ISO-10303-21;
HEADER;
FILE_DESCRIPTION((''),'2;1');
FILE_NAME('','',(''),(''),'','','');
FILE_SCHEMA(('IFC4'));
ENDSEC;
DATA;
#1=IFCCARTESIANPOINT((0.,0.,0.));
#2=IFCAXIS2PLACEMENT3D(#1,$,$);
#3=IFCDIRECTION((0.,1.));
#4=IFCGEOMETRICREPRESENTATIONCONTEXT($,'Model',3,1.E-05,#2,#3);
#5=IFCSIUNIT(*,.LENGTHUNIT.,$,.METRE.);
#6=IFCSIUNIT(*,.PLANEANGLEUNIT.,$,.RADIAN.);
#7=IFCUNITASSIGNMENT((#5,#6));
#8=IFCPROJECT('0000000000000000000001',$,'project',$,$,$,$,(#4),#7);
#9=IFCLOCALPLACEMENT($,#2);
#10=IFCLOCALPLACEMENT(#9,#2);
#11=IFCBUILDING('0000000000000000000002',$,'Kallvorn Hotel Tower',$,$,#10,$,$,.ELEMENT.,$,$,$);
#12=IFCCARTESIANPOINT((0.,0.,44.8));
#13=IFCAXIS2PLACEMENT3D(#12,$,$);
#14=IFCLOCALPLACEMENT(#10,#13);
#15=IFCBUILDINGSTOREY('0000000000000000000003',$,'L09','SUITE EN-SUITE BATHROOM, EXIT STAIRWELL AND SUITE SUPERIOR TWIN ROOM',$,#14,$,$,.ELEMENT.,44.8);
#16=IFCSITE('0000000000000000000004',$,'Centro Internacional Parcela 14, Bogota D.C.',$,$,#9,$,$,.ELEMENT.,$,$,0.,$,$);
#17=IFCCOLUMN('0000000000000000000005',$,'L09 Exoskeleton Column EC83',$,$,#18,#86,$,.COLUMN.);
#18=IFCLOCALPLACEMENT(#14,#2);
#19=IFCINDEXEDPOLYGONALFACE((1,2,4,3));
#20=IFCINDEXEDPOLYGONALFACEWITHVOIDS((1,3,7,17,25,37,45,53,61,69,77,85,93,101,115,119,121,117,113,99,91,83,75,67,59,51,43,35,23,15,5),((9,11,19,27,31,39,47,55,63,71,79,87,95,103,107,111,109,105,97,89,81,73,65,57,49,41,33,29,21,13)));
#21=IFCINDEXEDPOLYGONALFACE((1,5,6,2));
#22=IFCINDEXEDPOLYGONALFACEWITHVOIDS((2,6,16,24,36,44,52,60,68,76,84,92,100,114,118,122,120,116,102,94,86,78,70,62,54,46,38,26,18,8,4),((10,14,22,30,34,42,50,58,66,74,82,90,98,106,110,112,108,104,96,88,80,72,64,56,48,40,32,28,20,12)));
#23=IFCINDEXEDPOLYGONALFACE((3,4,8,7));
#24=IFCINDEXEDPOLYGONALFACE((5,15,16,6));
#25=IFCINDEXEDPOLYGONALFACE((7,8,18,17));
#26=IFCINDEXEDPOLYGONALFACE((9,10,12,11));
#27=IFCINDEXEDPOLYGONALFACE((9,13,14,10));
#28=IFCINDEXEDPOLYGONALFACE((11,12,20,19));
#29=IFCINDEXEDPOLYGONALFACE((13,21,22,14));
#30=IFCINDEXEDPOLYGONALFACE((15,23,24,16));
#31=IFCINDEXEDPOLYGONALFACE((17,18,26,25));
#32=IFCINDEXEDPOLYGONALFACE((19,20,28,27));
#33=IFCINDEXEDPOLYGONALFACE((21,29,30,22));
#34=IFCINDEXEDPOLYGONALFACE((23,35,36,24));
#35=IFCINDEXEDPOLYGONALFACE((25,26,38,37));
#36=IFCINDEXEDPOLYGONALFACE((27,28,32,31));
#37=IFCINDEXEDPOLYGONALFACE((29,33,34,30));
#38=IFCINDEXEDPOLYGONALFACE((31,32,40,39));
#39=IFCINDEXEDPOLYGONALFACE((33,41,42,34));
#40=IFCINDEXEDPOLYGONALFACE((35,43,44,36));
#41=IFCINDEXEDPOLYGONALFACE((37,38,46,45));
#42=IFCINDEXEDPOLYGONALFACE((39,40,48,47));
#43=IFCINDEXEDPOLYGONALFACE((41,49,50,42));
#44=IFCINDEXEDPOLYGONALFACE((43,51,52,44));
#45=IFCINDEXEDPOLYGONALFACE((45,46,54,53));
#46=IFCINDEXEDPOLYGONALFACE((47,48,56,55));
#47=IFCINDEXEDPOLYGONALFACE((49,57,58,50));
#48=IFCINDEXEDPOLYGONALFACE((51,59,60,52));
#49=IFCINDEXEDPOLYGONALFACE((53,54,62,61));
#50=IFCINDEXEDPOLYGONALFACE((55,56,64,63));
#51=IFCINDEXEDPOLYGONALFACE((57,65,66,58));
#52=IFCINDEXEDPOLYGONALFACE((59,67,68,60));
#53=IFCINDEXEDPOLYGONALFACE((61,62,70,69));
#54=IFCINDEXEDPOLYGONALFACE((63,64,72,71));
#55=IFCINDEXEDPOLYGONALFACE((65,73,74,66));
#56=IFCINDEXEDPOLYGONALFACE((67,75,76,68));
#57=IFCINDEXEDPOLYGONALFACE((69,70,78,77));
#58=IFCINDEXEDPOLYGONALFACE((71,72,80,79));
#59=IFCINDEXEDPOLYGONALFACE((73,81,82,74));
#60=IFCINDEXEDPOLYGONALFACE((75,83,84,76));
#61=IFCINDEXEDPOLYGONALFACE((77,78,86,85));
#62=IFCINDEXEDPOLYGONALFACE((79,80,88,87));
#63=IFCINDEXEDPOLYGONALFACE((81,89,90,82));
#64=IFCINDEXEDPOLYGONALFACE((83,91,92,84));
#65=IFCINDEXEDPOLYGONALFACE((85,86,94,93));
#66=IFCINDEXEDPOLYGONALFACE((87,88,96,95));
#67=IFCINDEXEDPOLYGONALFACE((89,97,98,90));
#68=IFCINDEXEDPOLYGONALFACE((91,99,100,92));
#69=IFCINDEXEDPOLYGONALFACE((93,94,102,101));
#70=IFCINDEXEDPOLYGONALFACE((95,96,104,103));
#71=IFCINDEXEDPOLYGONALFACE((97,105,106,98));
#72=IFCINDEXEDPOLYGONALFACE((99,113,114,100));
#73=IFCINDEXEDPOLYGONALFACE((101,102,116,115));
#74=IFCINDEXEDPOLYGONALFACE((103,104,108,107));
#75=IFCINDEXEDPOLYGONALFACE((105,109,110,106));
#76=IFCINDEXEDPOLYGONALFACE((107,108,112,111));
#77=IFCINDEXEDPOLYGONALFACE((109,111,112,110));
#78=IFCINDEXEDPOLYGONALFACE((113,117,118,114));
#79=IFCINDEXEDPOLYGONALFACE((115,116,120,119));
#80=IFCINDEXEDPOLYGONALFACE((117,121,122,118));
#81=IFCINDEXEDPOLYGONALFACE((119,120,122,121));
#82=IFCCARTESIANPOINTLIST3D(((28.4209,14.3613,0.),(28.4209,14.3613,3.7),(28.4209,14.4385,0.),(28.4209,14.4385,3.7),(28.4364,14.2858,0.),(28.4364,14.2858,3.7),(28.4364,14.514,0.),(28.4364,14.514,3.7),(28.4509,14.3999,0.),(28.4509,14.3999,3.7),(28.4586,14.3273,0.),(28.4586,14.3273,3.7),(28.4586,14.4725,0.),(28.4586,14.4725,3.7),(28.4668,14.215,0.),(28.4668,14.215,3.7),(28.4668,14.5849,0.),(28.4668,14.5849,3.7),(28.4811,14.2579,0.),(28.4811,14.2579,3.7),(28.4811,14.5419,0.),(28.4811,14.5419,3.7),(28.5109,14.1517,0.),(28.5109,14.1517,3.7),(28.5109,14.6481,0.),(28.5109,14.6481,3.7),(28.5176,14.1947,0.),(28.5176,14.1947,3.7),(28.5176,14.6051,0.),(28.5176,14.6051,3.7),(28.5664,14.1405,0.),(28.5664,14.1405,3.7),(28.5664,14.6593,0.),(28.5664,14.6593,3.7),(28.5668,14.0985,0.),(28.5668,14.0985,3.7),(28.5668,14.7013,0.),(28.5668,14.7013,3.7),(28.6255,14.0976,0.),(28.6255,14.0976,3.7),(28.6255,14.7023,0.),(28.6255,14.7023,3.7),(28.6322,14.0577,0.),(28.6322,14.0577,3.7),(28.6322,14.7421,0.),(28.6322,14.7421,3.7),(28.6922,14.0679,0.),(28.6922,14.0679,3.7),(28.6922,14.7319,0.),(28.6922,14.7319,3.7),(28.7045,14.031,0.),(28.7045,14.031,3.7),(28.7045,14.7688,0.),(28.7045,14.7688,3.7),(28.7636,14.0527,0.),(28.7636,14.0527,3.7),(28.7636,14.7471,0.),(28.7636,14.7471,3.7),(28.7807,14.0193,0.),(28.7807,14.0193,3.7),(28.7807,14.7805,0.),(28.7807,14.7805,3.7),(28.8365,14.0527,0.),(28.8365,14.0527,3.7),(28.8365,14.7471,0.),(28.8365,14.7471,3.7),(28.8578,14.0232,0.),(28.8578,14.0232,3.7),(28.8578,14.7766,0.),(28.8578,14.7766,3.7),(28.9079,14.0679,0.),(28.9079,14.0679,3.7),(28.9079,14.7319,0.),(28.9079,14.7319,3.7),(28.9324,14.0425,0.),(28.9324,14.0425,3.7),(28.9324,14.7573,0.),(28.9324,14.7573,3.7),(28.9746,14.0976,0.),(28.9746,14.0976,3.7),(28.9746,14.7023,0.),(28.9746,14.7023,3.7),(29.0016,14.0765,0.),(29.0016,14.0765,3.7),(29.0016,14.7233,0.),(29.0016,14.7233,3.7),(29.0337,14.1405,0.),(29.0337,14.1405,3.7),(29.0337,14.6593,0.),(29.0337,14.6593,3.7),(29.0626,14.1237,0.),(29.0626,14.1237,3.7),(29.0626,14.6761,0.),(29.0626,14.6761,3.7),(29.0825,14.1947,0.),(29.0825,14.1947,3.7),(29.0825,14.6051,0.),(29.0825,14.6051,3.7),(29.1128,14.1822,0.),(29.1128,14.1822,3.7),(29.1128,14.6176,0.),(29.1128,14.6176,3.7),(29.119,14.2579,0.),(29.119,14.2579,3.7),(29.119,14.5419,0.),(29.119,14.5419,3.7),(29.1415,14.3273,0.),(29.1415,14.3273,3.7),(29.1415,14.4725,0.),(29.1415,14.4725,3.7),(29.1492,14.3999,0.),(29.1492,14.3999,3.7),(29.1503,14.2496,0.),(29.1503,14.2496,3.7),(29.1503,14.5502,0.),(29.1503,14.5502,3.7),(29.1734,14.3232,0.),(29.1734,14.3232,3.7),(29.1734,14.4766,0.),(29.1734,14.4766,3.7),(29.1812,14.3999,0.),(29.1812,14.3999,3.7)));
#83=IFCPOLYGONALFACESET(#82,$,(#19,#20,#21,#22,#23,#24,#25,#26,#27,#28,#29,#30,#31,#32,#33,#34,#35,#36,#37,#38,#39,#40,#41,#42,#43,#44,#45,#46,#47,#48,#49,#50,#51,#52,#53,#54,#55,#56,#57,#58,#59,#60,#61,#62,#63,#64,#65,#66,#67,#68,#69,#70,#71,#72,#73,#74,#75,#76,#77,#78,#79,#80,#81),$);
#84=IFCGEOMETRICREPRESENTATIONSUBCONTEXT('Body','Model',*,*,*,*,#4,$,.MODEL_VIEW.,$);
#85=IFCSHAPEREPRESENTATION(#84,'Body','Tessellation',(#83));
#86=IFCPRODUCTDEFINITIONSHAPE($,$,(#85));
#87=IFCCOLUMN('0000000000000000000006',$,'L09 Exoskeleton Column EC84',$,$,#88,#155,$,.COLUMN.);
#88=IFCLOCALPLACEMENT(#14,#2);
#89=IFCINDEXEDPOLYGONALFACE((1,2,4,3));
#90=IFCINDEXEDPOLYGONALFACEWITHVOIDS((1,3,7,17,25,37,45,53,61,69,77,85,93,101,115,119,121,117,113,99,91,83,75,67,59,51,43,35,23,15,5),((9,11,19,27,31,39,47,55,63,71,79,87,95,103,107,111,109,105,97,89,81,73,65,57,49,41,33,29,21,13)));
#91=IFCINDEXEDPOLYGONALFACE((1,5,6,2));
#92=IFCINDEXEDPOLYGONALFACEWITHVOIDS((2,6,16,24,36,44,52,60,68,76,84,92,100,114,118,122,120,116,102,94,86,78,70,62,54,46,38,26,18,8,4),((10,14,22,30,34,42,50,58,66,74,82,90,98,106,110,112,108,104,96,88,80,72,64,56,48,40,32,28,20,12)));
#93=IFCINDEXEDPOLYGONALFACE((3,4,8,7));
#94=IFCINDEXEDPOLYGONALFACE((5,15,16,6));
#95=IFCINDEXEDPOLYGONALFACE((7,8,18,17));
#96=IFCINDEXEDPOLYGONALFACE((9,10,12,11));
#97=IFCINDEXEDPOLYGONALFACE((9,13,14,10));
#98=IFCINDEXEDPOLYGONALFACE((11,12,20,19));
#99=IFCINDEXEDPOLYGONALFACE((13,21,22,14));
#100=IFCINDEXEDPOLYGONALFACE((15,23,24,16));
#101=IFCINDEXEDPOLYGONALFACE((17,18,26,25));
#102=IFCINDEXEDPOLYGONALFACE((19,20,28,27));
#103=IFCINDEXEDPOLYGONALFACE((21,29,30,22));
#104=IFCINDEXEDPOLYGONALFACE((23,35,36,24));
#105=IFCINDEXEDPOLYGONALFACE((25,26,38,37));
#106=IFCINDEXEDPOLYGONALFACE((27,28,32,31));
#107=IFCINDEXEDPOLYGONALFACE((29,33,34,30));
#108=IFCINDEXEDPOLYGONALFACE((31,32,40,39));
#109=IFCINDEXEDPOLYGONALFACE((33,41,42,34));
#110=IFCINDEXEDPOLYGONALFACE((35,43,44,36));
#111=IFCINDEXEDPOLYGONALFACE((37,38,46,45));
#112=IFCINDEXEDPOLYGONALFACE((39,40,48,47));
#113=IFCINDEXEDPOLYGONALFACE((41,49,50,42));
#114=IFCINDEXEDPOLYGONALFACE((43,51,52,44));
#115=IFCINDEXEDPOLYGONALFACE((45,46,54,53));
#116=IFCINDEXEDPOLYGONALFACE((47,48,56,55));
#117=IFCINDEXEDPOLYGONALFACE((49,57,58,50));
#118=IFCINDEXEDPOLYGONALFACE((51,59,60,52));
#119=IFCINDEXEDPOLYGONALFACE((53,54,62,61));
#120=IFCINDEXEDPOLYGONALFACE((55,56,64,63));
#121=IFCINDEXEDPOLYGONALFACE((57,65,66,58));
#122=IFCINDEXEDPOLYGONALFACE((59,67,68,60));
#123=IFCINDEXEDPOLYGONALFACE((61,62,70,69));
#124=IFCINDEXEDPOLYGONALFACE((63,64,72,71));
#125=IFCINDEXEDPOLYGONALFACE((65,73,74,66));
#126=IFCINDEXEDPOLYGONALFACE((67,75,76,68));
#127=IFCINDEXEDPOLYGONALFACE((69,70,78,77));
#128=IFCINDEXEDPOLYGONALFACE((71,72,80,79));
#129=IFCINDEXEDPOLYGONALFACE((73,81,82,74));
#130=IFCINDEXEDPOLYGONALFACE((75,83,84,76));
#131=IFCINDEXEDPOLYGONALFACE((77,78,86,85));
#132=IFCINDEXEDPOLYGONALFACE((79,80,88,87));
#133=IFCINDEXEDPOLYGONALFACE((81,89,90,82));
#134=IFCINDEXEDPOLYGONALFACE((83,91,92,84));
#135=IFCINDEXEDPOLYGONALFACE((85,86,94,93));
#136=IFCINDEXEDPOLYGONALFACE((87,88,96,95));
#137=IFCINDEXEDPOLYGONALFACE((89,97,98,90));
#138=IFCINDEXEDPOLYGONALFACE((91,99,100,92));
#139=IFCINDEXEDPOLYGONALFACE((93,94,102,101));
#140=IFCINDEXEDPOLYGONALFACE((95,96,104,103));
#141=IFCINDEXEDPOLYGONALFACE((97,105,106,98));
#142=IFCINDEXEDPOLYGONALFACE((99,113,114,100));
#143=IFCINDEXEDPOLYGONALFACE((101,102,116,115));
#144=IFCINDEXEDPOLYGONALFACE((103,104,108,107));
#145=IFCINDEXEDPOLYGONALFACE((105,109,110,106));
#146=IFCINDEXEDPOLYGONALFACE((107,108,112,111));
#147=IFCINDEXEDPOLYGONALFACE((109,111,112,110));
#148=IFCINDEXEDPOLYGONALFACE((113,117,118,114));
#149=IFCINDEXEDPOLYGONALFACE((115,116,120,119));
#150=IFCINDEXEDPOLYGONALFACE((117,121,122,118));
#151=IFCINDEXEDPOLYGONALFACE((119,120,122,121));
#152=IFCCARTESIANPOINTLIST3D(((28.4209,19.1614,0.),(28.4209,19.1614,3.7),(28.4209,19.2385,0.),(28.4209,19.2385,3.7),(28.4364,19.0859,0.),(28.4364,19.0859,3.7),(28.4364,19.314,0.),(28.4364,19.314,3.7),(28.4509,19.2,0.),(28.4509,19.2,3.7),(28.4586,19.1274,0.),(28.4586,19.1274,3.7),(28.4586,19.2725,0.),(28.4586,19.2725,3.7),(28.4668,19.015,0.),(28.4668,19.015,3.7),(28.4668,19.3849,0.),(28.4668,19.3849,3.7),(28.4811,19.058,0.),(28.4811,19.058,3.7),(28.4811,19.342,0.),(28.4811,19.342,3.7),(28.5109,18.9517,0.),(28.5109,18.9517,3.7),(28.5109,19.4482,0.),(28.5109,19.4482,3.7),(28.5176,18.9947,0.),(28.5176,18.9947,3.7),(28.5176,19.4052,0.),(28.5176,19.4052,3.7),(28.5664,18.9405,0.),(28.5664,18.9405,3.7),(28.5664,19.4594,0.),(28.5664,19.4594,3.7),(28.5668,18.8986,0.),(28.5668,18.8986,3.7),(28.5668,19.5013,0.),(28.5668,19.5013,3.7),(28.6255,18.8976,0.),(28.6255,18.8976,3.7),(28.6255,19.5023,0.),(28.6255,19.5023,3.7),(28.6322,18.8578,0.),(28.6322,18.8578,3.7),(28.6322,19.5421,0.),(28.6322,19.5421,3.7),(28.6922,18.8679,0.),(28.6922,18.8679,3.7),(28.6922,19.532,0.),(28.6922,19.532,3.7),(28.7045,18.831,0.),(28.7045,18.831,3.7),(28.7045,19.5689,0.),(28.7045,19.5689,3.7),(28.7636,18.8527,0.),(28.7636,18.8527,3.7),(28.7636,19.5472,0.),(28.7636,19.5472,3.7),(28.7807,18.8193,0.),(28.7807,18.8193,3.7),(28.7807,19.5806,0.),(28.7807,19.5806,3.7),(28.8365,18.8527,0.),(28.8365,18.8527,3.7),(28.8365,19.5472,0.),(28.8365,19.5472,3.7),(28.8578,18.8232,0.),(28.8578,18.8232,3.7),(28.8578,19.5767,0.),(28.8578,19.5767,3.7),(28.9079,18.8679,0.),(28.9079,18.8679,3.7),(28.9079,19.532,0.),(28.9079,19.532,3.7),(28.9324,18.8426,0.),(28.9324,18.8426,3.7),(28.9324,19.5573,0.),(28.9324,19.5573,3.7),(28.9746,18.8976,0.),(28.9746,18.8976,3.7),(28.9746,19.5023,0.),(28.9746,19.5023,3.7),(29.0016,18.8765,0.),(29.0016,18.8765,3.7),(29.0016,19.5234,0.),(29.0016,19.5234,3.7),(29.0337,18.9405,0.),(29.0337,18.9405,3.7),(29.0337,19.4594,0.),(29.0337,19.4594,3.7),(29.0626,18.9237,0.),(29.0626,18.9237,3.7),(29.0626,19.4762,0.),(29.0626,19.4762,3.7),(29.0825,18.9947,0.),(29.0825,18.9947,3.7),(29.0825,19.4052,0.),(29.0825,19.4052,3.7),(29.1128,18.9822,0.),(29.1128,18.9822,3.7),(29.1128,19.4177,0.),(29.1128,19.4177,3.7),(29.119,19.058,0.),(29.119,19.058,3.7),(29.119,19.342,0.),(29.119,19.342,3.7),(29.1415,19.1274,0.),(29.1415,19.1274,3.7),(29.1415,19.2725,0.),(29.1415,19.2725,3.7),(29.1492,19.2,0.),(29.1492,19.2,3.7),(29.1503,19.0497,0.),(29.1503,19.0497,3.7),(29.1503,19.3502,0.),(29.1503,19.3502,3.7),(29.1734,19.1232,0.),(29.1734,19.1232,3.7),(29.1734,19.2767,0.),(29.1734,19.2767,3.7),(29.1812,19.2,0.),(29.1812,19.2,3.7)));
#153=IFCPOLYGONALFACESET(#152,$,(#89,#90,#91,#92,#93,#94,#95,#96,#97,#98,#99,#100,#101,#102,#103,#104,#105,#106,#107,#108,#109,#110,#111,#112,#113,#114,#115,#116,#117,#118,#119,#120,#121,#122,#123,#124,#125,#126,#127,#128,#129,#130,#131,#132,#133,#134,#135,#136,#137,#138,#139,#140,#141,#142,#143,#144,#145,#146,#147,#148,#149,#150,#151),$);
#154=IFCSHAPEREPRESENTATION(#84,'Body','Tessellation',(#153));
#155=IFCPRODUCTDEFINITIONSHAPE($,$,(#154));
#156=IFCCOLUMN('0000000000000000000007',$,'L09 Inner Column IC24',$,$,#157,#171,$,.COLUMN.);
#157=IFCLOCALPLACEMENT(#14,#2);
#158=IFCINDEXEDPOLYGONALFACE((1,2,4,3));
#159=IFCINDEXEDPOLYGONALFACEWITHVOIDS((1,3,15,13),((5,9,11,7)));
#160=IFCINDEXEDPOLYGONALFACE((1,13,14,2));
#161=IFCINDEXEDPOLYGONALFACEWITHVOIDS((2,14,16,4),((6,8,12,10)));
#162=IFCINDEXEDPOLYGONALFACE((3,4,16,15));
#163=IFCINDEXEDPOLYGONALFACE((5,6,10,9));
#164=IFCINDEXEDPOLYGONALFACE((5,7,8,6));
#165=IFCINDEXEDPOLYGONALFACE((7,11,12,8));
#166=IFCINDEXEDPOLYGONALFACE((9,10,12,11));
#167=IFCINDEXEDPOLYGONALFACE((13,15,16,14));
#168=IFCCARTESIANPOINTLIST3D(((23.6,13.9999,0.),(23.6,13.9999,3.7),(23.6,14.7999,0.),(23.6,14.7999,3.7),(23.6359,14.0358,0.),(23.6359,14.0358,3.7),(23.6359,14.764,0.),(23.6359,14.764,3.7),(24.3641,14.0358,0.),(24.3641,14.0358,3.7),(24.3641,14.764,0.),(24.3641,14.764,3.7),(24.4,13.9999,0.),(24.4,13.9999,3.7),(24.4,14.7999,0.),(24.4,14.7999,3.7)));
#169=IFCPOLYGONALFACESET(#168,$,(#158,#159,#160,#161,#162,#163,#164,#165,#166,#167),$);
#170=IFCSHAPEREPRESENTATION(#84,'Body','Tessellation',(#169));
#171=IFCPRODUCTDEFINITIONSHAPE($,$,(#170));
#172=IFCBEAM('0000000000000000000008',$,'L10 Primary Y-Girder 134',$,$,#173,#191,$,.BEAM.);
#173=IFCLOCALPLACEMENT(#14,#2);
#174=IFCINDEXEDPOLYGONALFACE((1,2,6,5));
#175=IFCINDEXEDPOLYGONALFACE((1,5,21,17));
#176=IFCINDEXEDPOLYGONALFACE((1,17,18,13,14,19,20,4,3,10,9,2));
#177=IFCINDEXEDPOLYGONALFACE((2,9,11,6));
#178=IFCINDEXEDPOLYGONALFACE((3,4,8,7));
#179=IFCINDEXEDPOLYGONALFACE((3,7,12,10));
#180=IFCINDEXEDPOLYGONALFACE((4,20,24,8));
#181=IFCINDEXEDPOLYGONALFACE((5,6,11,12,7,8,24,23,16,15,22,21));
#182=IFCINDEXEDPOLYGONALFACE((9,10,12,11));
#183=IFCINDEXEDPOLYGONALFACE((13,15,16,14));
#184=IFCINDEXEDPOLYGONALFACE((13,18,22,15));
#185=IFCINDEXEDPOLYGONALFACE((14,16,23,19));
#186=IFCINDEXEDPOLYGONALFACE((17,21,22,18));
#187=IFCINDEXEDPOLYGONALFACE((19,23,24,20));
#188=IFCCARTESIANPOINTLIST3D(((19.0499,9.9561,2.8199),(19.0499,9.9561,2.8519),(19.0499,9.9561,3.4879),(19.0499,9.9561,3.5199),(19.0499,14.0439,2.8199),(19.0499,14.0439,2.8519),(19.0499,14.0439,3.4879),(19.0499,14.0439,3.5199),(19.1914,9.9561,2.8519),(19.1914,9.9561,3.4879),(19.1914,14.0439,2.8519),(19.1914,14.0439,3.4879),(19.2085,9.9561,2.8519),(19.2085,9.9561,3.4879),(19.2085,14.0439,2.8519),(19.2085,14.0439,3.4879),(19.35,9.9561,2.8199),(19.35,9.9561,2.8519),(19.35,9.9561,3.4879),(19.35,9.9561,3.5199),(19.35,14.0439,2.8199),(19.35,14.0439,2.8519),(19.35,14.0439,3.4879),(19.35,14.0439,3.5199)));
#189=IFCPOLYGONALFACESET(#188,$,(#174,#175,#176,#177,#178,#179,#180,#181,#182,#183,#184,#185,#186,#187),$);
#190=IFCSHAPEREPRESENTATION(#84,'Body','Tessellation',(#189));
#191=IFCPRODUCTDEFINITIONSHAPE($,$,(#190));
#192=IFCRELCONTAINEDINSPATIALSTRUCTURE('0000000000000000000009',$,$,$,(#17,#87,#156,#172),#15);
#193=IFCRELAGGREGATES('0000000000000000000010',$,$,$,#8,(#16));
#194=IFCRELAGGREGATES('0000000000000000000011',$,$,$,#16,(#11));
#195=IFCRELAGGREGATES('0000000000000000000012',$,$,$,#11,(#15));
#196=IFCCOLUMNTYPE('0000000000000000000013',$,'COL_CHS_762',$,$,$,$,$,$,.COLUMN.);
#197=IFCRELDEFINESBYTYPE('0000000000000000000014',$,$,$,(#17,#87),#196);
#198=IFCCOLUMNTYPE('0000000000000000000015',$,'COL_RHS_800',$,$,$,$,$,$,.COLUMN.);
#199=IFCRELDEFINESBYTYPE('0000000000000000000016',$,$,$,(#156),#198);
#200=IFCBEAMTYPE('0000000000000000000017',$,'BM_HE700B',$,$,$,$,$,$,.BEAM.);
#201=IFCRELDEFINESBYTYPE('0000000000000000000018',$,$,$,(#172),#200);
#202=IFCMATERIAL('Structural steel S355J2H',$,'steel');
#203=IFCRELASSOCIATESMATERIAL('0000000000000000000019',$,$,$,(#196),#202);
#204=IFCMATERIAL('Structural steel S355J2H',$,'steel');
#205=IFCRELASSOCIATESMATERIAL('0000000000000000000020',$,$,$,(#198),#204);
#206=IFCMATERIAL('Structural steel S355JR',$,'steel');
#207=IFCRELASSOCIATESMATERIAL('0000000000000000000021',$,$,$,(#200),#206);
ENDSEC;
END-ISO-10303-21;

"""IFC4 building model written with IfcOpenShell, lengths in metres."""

from ifc_helpers import new_model, si_unit, direction, frame, origin, origin_2d, place, context, subcontext, project, spatial, hollow_rectangle, hollow_circle, i_section, extrude, material, material_profile, profile_set, type_object, element, save


model = new_model("IFC4")

# Units and contexts
model_context = context("Model", 3, precision=1e-05, world=origin(), true_north=direction((0.0, 1.0)))
body_context = subcontext(model_context, "Body", "Model", "MODEL_VIEW")
ifc_project = project(units=[si_unit("LENGTHUNIT", "METRE"), si_unit("PLANEANGLEUNIT", "RADIAN")], contexts=[model_context])

# Site, building, storey
site_placement = place(None, origin())
site = spatial("IfcSite", under=ifc_project, at=site_placement, Name="Centro Internacional Parcela 14, Bogota D.C.", CompositionType="ELEMENT", RefElevation=0.0)
building_placement = place(site_placement, origin())
building = spatial("IfcBuilding", under=site, at=building_placement, Name="Kallvorn Hotel Tower", CompositionType="ELEMENT")
storey_placement = place(building_placement, frame((0.0, 0.0, 44.8)))
storey = spatial("IfcBuildingStorey", under=building, at=storey_placement, Name="L09", Description="SUITE EN-SUITE BATHROOM, EXIT STAIRWELL AND SUITE SUPERIOR TWIN ROOM", CompositionType="ELEMENT", Elevation=44.8)

# Columns
ifc_material_1 = material(Name="Structural steel S355J2H", Category="steel")
ifc_material_profile_1 = material_profile(ifc_material_1, hollow_circle(Radius=0.3811, WallThickness=0.032, at=origin_2d()), Name="CHS 762x32")
ifc_profile_set_1 = profile_set([ifc_material_profile_1], Name="Structural steel S355J2H")
column_type_1 = type_object("IfcColumnType", Name="COL_CHS_762", PredefinedType="COLUMN", material=ifc_profile_set_1)
for number, where, z_axis, x_axis, name in (
    (1, (28.8, 14.3999, 0.0), (0.0, 0.0, 1.0), (1.0, 0.0, 0.0), "L09 Exoskeleton Column EC83"),
    (2, (28.8, 19.2, 0.0), (0.0, 0.0, 1.0), (1.0, 0.0, 0.0), "L09 Exoskeleton Column EC84"),
):
    element("IfcColumn", number, at=place(storey_placement, frame(where, z_axis=z_axis, x_axis=x_axis)), inside=storey, type_object=column_type_1, Name=name, PredefinedType="COLUMN", context=body_context, shape_type="SweptSolid", body=[
        extrude(hollow_circle(Radius=0.3811, WallThickness=0.032, at=origin_2d()), origin(), (0.0, 0.0, 1.0), 3.7),
    ])
ifc_material_2 = material(Name="Structural steel S355J2H", Category="steel")
ifc_material_profile_2 = material_profile(ifc_material_2, hollow_rectangle(XDim=0.8, YDim=0.8, WallThickness=0.0359, at=origin_2d()), Name="RHS 800x800x36")
ifc_profile_set_2 = profile_set([ifc_material_profile_2], Name="Structural steel S355J2H")
column_type_2 = type_object("IfcColumnType", Name="COL_RHS_800", PredefinedType="COLUMN", material=ifc_profile_set_2)
column_placement = place(storey_placement, frame((24.0, 14.3999, 0.0), z_axis=(0.0, 0.0, 1.0), x_axis=(1.0, 0.0, 0.0)))
element("IfcColumn", 3, at=column_placement, inside=storey, type_object=column_type_2, Name="L09 Inner Column IC24", PredefinedType="COLUMN", context=body_context, shape_type="SweptSolid", body=[
    extrude(hollow_rectangle(XDim=0.8, YDim=0.8, WallThickness=0.0359, at=origin_2d()), origin(), (0.0, 0.0, 1.0), 3.7),
])

# Beam
ifc_material_3 = material(Name="Structural steel S355JR", Category="steel")
ifc_material_profile_3 = material_profile(ifc_material_3, i_section(OverallWidth=0.3, OverallDepth=0.7, WebThickness=0.0171, FlangeThickness=0.032, at=origin_2d()), Name="HE 700 B")
ifc_profile_set_3 = profile_set([ifc_material_profile_3], Name="Structural steel S355JR")
beam_type_1 = type_object("IfcBeamType", Name="BM_HE700B", PredefinedType="BEAM", material=ifc_profile_set_3)
for number, where, z_axis, x_axis, name in (
    (4, (19.2, 9.9561, 3.1699), (0.0, 1.0, 0.0), (-1.0, 0.0, 0.0), "L10 Primary Y-Girder 134"),
):
    element("IfcBeam", number, at=place(storey_placement, frame(where, z_axis=z_axis, x_axis=x_axis)), inside=storey, type_object=beam_type_1, Name=name, PredefinedType="BEAM", context=body_context, shape_type="SweptSolid", body=[
        extrude(i_section(OverallWidth=0.3, OverallDepth=0.7, WebThickness=0.0171, FlangeThickness=0.032, at=origin_2d()), origin(), (0.0, 0.0, 1.0), 4.0879),
    ])

save(model, "model.ifc")
